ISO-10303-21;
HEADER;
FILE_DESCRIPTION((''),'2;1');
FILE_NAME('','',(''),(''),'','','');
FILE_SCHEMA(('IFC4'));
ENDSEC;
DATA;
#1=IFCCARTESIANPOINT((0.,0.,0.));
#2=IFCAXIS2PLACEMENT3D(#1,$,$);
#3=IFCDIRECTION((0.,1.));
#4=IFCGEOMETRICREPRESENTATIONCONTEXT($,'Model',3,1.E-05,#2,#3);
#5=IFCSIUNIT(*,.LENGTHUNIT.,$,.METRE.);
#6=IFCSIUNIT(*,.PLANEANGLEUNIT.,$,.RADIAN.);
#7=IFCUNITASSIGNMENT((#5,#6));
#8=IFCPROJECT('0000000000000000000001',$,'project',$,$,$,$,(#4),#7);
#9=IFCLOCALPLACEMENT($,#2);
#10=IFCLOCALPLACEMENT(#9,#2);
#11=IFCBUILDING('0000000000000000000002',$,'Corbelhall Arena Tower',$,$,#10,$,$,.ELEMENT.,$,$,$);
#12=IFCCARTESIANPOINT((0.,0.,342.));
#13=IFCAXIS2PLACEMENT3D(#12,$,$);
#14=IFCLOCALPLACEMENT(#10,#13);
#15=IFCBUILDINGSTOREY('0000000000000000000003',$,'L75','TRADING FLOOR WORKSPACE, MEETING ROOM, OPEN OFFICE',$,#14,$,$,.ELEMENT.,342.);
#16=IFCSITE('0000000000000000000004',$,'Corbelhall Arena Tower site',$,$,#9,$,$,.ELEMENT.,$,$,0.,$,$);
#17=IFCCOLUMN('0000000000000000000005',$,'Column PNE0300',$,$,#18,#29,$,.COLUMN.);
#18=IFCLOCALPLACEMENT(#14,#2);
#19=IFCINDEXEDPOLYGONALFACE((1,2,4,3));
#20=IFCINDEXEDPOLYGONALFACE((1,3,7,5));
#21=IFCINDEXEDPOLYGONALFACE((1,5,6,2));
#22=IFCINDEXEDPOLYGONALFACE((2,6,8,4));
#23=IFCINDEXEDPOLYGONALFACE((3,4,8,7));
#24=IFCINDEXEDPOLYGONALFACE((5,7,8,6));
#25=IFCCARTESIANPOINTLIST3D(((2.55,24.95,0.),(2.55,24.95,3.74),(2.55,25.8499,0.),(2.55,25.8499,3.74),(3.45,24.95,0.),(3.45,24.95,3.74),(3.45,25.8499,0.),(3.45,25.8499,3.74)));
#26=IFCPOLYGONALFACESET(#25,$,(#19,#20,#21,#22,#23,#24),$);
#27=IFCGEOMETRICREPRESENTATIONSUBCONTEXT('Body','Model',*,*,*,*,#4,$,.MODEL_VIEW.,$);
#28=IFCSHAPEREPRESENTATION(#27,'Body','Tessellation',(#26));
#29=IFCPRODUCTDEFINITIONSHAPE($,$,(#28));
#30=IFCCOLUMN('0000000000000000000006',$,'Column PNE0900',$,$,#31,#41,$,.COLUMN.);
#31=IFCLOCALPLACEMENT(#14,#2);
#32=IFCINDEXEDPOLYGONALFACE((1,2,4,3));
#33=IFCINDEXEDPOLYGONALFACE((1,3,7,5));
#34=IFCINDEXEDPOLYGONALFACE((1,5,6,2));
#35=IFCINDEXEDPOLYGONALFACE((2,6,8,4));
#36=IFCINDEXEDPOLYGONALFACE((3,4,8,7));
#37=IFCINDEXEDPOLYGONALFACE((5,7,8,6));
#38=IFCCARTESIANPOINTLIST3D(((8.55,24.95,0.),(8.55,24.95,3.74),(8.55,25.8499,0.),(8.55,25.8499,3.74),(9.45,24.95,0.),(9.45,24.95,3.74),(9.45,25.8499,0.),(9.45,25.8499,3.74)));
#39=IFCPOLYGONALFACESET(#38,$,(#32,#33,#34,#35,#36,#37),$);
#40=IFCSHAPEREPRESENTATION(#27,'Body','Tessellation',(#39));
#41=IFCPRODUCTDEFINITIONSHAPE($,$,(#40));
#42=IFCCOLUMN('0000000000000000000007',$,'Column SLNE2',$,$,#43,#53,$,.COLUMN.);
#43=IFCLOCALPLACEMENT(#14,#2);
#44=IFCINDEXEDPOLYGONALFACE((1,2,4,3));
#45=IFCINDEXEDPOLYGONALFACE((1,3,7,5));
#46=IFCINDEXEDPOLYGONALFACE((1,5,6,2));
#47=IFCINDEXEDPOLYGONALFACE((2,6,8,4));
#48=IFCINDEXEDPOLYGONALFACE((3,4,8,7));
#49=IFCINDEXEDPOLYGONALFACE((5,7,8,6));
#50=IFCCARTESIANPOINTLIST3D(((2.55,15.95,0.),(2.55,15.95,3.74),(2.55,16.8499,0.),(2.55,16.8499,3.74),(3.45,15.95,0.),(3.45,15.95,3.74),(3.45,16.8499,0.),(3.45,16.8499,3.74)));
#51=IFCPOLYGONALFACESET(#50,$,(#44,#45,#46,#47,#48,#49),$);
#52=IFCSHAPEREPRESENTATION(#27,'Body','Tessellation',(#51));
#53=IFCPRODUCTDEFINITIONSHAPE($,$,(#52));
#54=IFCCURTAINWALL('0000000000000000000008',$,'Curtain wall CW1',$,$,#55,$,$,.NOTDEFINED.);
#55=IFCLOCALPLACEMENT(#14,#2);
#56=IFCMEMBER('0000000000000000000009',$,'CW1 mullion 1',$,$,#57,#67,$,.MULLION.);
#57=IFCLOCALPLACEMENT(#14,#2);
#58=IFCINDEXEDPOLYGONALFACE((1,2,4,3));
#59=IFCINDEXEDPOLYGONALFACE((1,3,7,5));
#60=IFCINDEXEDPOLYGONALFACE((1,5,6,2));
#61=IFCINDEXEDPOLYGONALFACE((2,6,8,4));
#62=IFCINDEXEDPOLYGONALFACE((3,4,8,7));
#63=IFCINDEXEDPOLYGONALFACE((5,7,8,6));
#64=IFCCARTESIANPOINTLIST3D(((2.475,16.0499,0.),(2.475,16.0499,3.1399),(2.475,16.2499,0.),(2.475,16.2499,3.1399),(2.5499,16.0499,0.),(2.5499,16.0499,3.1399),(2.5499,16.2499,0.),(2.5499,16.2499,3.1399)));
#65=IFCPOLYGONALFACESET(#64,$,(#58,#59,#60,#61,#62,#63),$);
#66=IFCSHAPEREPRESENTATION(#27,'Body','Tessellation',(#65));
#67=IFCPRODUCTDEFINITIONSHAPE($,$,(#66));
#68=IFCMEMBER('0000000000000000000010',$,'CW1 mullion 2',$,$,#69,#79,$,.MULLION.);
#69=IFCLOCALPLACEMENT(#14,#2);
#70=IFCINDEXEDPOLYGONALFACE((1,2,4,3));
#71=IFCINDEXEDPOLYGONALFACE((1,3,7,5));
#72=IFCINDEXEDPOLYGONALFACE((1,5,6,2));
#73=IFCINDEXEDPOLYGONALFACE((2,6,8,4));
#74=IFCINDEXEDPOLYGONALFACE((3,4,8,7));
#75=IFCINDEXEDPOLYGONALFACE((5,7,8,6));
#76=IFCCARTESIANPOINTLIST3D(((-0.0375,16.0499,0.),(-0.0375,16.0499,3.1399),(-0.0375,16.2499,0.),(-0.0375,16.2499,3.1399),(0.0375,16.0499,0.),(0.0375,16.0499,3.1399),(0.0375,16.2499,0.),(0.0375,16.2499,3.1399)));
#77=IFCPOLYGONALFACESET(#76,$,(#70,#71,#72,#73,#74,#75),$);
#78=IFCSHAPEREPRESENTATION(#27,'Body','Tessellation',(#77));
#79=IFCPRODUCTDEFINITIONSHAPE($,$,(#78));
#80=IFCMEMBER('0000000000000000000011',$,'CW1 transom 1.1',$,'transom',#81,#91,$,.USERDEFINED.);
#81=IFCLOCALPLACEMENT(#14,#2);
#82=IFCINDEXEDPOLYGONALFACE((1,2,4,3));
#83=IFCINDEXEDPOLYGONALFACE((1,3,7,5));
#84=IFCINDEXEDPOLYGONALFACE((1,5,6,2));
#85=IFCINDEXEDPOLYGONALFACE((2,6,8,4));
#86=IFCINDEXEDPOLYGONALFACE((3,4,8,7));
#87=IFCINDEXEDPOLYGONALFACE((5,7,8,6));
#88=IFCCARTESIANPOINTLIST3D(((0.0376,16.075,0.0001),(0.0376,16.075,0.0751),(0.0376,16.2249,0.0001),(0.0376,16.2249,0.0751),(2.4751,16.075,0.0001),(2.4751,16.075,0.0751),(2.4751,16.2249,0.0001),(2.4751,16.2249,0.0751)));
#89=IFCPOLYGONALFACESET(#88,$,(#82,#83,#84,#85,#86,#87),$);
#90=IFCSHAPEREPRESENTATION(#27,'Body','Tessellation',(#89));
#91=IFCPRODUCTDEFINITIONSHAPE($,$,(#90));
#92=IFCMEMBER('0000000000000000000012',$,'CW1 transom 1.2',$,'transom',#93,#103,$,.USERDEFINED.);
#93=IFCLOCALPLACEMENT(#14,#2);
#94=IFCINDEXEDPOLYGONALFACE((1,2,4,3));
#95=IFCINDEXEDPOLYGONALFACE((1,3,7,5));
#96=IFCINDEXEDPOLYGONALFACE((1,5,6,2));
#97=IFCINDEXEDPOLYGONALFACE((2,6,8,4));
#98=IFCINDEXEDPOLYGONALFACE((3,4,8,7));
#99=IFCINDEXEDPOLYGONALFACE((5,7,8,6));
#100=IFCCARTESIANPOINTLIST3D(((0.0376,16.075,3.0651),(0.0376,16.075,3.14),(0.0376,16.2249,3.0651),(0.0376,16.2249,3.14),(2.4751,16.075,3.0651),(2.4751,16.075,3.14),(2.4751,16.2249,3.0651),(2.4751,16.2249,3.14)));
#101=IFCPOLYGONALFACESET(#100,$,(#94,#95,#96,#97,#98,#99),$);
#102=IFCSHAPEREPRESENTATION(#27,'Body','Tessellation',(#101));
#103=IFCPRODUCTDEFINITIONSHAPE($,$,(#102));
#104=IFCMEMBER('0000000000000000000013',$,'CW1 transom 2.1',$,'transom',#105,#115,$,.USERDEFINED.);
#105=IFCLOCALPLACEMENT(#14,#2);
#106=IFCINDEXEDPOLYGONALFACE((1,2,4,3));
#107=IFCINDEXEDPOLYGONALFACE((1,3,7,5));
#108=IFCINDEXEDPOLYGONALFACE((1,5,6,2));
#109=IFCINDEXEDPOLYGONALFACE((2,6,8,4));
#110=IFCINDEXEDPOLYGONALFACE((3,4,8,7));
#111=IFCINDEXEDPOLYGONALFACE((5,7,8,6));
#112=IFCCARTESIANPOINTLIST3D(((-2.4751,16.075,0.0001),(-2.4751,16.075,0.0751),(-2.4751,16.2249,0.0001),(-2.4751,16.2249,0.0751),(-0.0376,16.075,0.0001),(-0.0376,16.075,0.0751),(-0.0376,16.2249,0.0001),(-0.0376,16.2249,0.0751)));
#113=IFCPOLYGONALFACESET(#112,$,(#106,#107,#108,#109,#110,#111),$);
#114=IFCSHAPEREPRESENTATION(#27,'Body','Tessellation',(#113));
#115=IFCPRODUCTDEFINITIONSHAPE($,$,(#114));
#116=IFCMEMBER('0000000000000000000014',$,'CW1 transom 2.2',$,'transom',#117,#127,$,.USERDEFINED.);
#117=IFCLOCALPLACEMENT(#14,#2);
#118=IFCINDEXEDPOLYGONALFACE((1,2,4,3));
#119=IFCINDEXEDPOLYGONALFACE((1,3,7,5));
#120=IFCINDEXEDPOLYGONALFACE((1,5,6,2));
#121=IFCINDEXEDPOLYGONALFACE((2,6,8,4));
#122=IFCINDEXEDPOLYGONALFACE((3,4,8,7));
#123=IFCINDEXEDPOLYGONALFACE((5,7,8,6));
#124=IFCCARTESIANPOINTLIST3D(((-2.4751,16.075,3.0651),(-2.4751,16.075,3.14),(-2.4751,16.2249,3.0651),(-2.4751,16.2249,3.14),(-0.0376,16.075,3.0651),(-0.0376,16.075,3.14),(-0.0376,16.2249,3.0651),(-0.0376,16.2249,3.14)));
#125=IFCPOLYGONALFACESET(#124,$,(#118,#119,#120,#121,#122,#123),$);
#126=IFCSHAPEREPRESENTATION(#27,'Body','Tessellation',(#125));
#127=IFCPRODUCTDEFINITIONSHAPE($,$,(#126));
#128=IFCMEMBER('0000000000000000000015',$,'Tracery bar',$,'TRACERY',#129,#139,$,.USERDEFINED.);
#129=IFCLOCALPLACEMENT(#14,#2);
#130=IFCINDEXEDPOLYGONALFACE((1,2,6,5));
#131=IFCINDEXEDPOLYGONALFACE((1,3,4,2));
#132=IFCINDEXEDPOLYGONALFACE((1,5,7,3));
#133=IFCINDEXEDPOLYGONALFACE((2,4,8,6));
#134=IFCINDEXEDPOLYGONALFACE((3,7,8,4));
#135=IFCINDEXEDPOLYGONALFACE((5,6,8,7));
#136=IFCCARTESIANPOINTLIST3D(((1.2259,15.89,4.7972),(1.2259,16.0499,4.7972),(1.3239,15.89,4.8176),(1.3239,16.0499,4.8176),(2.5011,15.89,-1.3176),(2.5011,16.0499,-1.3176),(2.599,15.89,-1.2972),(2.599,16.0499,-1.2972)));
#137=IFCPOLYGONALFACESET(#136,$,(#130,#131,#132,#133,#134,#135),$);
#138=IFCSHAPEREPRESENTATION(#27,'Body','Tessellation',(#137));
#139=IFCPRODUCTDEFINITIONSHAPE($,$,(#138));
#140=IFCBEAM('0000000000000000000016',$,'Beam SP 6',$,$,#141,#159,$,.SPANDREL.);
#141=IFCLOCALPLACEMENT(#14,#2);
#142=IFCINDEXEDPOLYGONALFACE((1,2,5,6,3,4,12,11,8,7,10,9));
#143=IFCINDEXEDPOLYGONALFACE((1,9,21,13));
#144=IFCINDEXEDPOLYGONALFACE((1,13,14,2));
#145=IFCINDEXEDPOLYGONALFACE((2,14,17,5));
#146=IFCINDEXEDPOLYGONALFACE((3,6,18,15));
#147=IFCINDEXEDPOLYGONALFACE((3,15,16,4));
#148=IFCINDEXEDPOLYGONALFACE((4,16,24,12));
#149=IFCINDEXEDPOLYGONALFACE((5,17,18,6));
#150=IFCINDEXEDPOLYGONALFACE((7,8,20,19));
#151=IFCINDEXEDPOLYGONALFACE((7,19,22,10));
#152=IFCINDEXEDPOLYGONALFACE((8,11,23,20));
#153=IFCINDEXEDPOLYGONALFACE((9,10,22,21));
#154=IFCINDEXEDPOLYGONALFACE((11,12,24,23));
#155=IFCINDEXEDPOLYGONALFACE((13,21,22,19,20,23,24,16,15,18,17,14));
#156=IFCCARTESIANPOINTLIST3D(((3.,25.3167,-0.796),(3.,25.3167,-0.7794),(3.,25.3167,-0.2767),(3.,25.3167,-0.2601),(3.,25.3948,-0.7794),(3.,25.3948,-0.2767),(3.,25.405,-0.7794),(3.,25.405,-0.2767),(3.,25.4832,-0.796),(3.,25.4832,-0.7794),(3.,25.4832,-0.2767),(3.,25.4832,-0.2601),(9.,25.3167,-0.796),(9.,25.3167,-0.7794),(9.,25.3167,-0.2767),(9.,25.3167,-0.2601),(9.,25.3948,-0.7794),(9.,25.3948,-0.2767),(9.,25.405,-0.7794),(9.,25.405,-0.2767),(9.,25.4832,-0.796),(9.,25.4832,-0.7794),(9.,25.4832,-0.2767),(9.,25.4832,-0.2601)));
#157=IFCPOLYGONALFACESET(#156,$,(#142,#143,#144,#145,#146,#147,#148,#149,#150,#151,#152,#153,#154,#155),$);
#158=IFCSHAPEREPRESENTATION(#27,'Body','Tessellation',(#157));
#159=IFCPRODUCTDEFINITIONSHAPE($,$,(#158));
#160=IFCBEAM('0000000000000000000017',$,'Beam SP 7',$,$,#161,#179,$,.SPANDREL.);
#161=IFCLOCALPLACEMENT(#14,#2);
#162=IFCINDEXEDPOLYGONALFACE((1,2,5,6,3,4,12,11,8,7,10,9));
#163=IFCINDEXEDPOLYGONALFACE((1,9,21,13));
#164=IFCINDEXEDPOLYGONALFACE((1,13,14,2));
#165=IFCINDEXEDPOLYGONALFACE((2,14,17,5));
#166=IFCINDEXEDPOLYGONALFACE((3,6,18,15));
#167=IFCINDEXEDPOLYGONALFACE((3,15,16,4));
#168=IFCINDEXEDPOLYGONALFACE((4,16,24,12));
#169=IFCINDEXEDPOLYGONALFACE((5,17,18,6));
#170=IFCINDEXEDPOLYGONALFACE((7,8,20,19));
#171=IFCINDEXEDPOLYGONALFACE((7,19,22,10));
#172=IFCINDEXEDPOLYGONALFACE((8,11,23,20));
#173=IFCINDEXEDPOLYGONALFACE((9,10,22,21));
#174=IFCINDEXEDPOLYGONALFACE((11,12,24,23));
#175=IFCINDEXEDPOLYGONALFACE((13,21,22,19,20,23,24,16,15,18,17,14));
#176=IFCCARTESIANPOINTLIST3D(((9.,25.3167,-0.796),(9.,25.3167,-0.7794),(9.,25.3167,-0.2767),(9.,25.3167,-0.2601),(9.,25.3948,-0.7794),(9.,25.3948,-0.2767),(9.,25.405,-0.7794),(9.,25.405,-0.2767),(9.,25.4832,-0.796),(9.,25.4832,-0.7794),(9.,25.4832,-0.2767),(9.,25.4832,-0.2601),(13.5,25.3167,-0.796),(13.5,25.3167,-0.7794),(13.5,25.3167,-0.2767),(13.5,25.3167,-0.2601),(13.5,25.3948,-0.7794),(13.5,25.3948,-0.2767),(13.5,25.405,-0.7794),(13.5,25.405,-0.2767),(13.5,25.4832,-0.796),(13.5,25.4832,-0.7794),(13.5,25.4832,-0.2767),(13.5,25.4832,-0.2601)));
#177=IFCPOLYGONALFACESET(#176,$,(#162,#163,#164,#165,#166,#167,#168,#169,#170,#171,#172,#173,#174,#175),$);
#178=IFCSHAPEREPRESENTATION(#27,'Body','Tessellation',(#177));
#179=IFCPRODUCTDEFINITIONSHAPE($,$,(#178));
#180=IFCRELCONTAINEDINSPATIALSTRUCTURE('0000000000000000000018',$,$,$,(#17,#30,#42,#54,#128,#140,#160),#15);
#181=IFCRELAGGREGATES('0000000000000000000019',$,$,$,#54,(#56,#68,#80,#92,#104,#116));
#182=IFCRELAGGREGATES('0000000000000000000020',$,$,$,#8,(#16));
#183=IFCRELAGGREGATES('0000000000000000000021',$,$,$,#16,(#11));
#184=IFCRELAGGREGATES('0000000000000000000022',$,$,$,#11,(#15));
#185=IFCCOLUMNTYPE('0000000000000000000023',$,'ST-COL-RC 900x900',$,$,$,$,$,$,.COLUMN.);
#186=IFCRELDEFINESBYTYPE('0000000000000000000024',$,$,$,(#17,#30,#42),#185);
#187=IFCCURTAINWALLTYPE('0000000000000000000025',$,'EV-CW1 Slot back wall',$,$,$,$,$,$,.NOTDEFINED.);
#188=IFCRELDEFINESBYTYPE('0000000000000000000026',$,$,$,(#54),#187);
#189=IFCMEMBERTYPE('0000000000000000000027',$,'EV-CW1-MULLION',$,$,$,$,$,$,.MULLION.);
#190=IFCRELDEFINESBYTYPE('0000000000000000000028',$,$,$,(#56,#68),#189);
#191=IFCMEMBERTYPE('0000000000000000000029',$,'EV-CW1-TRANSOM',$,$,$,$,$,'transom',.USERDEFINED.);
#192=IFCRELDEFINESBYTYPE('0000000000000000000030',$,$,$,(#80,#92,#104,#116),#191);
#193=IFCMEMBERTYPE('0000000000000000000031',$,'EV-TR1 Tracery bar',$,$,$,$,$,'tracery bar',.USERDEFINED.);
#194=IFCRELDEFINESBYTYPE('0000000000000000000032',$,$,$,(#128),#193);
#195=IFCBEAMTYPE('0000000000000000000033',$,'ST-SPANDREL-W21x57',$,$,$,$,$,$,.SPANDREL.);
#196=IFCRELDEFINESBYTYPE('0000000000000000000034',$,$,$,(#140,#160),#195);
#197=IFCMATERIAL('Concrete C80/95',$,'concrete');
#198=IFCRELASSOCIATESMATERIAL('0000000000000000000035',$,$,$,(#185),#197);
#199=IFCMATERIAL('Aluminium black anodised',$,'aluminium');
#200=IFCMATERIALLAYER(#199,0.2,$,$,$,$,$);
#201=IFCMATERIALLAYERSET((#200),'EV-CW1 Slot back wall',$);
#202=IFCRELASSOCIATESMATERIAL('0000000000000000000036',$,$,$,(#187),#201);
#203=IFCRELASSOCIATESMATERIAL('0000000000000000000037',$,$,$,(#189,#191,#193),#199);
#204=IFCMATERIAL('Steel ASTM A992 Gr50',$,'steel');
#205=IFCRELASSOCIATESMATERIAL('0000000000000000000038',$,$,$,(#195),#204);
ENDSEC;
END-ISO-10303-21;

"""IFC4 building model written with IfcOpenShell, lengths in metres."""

from ifc_helpers import new_model, si_unit, direction, frame, origin, origin_2d, place, context, subcontext, project, spatial, rectangle, i_section, extrude, material, layer, layer_set, material_profile, profile_set, type_object, element, aggregate, save


model = new_model("IFC4")

# Units and contexts
model_context = context("Model", 3, precision=1e-05, world=origin(), true_north=direction((0.0, 1.0)))
body_context = subcontext(model_context, "Body", "Model", "MODEL_VIEW")
ifc_project = project(units=[si_unit("LENGTHUNIT", "METRE"), si_unit("PLANEANGLEUNIT", "RADIAN")], contexts=[model_context])

# Site, building, storey
site_placement = place(None, origin())
site = spatial("IfcSite", under=ifc_project, at=site_placement, Name="Corbelhall Arena Tower site", CompositionType="ELEMENT", RefElevation=0.0)
building_placement = place(site_placement, origin())
building = spatial("IfcBuilding", under=site, at=building_placement, Name="Corbelhall Arena Tower", CompositionType="ELEMENT")
storey_placement = place(building_placement, frame((0.0, 0.0, 342.0)))
storey = spatial("IfcBuildingStorey", under=building, at=storey_placement, Name="L75", Description="TRADING FLOOR WORKSPACE, MEETING ROOM, OPEN OFFICE", CompositionType="ELEMENT", Elevation=342.0)

# Columns
ifc_material_1 = material(Name="Concrete C80/95", Category="concrete")
ifc_material_profile_1 = material_profile(ifc_material_1, rectangle(XDim=0.8999, YDim=0.8999, at=origin_2d()))
ifc_profile_set_1 = profile_set([ifc_material_profile_1], Name="Concrete C80/95")
column_type = type_object("IfcColumnType", Name="ST-COL-RC 900x900", PredefinedType="COLUMN", material=ifc_profile_set_1)
for number, where, z_axis, x_axis, name in (
    (1, (3.0, 25.3999, 0.0), (0.0, 0.0, 1.0), (1.0, 0.0, 0.0), "Column PNE0300"),
    (2, (9.0, 25.3999, 0.0), (0.0, 0.0, 1.0), (1.0, 0.0, 0.0), "Column PNE0900"),
    (3, (3.0, 16.3999, 0.0), (0.0, 0.0, 1.0), (1.0, 0.0, 0.0), "Column SLNE2"),
):
    element("IfcColumn", number, at=place(storey_placement, frame(where, z_axis=z_axis, x_axis=x_axis)), inside=storey, type_object=column_type, Name=name, PredefinedType="COLUMN", context=body_context, shape_type="SweptSolid", body=[
        extrude(rectangle(XDim=0.8999, YDim=0.8999, at=origin_2d()), origin(), (0.0, 0.0, 1.0), 3.74),
    ])

# Curtain wall, members
ifc_material_2 = material(Name="Aluminium black anodised", Category="aluminium")
ifc_layer_1 = layer(ifc_material_2, 0.2)
ifc_layer_set_1 = layer_set([ifc_layer_1], Name="EV-CW1 Slot back wall")
curtain_wall_type = type_object("IfcCurtainWallType", Name="EV-CW1 Slot back wall", PredefinedType="NOTDEFINED", material=ifc_layer_set_1)
curtain_wall_placement = place(storey_placement, origin())
curtain_wall = element("IfcCurtainWall", 4, at=curtain_wall_placement, inside=storey, type_object=curtain_wall_type, Name="Curtain wall CW1", PredefinedType="NOTDEFINED")
ifc_material_profile_2 = material_profile(ifc_material_2, rectangle(XDim=0.2, YDim=0.075, at=origin_2d()))
ifc_profile_set_2 = profile_set([ifc_material_profile_2], Name="Aluminium black anodised")
member_type_1 = type_object("IfcMemberType", Name="EV-CW1-MULLION", PredefinedType="MULLION", material=ifc_profile_set_2)
member_1_placement = place(storey_placement, frame((2.5125, 16.1499, 0.0), z_axis=(0.0, 0.0, 1.0), x_axis=(0.0, -1.0, 0.0)))
member_1 = element("IfcMember", 5, at=member_1_placement, type_object=member_type_1, Name="CW1 mullion 1", PredefinedType="MULLION", context=body_context, shape_type="SweptSolid", body=[
    extrude(rectangle(XDim=0.2, YDim=0.075, at=origin_2d()), origin(), (0.0, 0.0, 1.0), 3.1399),
])
member_2_placement = place(storey_placement, frame((0.0, 16.1499, 0.0), z_axis=(0.0, 0.0, 1.0), x_axis=(0.0, -1.0, 0.0)))
member_2 = element("IfcMember", 6, at=member_2_placement, type_object=member_type_1, Name="CW1 mullion 2", PredefinedType="MULLION", context=body_context, shape_type="SweptSolid", body=[
    extrude(rectangle(XDim=0.2, YDim=0.075, at=origin_2d()), origin(), (0.0, 0.0, 1.0), 3.1399),
])
ifc_material_profile_3 = material_profile(ifc_material_2, rectangle(XDim=0.1499, YDim=0.075, at=origin_2d()))
ifc_profile_set_3 = profile_set([ifc_material_profile_3], Name="Aluminium black anodised")
member_type_2 = type_object("IfcMemberType", Name="EV-CW1-TRANSOM", ElementType="transom", PredefinedType="USERDEFINED", material=ifc_profile_set_3)
member_3_placement = place(storey_placement, frame((2.4751, 16.1499, 0.0376), z_axis=(-1.0, 0.0, 0.0), x_axis=(0.0, -1.0, 0.0)))
member_3 = element("IfcMember", 7, at=member_3_placement, type_object=member_type_2, Name="CW1 transom 1.1", ObjectType="transom", PredefinedType="USERDEFINED", context=body_context, shape_type="SweptSolid", body=[
    extrude(rectangle(XDim=0.1499, YDim=0.075, at=origin_2d()), origin(), (0.0, 0.0, 1.0), 2.4375),
])
member_4_placement = place(storey_placement, frame((2.4751, 16.1499, 3.1025), z_axis=(-1.0, 0.0, 0.0), x_axis=(0.0, -1.0, 0.0)))
member_4 = element("IfcMember", 8, at=member_4_placement, type_object=member_type_2, Name="CW1 transom 1.2", ObjectType="transom", PredefinedType="USERDEFINED", context=body_context, shape_type="SweptSolid", body=[
    extrude(rectangle(XDim=0.1499, YDim=0.075, at=origin_2d()), origin(), (0.0, 0.0, 1.0), 2.4375),
])
member_5_placement = place(storey_placement, frame((-0.0376, 16.1499, 0.0376), z_axis=(-1.0, 0.0, 0.0), x_axis=(0.0, -1.0, 0.0)))
member_5 = element("IfcMember", 9, at=member_5_placement, type_object=member_type_2, Name="CW1 transom 2.1", ObjectType="transom", PredefinedType="USERDEFINED", context=body_context, shape_type="SweptSolid", body=[
    extrude(rectangle(XDim=0.1499, YDim=0.075, at=origin_2d()), origin(), (0.0, 0.0, 1.0), 2.4375),
])
member_6_placement = place(storey_placement, frame((-0.0376, 16.1499, 3.1025), z_axis=(-1.0, 0.0, 0.0), x_axis=(0.0, -1.0, 0.0)))
member_6 = element("IfcMember", 10, at=member_6_placement, type_object=member_type_2, Name="CW1 transom 2.2", ObjectType="transom", PredefinedType="USERDEFINED", context=body_context, shape_type="SweptSolid", body=[
    extrude(rectangle(XDim=0.1499, YDim=0.075, at=origin_2d()), origin(), (0.0, 0.0, 1.0), 2.4375),
])

# Member
ifc_material_profile_4 = material_profile(ifc_material_2, rectangle(XDim=0.1599, YDim=0.1001, at=origin_2d()))
ifc_profile_set_4 = profile_set([ifc_material_profile_4], Name="Aluminium black anodised")
member_type_3 = type_object("IfcMemberType", Name="EV-TR1 Tracery bar", ElementType="tracery bar", PredefinedType="USERDEFINED", material=ifc_profile_set_4)
member_7_placement = place(storey_placement, frame((2.55, 15.97, -1.3074), z_axis=(-0.204145, 0.0, 0.978941), x_axis=(0.0, -1.0, 0.0)))
element("IfcMember", 11, at=member_7_placement, inside=storey, type_object=member_type_3, Name="Tracery bar", ObjectType="TRACERY", PredefinedType="USERDEFINED", context=body_context, shape_type="SweptSolid", body=[
    extrude(rectangle(XDim=0.1599, YDim=0.1001, at=origin_2d()), origin(), (0.0, 0.0, 1.0), 6.2463),
])

# Beams
ifc_material_3 = material(Name="Steel ASTM A992 Gr50", Category="steel")
ifc_material_profile_5 = material_profile(ifc_material_3, i_section(OverallWidth=0.1665, OverallDepth=0.5359, WebThickness=0.0103, FlangeThickness=0.0166, at=origin_2d()))
ifc_profile_set_5 = profile_set([ifc_material_profile_5], Name="Steel ASTM A992 Gr50")
beam_type_1 = type_object("IfcBeamType", Name="ST-SPANDREL-W21x57", PredefinedType="SPANDREL", material=ifc_profile_set_5)
beam_1_placement = place(storey_placement, frame((3.0, 25.3999, -0.5281), z_axis=(1.0, 0.0, 0.0), x_axis=(0.0, 1.0, 0.0)))
element("IfcBeam", 12, at=beam_1_placement, inside=storey, type_object=beam_type_1, Name="Beam SP 6", PredefinedType="SPANDREL", context=body_context, shape_type="SweptSolid", body=[
    extrude(i_section(OverallWidth=0.1665, OverallDepth=0.5359, WebThickness=0.0103, FlangeThickness=0.0166, at=origin_2d()), origin(), (0.0, 0.0, 1.0), 6.0),
])
beam_2_placement = place(storey_placement, frame((9.0, 25.3999, -0.5281), z_axis=(1.0, 0.0, 0.0), x_axis=(0.0, 1.0, 0.0)))
element("IfcBeam", 13, at=beam_2_placement, inside=storey, type_object=beam_type_1, Name="Beam SP 7", PredefinedType="SPANDREL", context=body_context, shape_type="SweptSolid", body=[
    extrude(i_section(OverallWidth=0.1665, OverallDepth=0.5359, WebThickness=0.0103, FlangeThickness=0.0166, at=origin_2d()), origin(), (0.0, 0.0, 1.0), 4.5),
])

aggregate(curtain_wall, [member_1, member_2, member_3, member_4, member_5, member_6])

save(model, "model.ifc")
